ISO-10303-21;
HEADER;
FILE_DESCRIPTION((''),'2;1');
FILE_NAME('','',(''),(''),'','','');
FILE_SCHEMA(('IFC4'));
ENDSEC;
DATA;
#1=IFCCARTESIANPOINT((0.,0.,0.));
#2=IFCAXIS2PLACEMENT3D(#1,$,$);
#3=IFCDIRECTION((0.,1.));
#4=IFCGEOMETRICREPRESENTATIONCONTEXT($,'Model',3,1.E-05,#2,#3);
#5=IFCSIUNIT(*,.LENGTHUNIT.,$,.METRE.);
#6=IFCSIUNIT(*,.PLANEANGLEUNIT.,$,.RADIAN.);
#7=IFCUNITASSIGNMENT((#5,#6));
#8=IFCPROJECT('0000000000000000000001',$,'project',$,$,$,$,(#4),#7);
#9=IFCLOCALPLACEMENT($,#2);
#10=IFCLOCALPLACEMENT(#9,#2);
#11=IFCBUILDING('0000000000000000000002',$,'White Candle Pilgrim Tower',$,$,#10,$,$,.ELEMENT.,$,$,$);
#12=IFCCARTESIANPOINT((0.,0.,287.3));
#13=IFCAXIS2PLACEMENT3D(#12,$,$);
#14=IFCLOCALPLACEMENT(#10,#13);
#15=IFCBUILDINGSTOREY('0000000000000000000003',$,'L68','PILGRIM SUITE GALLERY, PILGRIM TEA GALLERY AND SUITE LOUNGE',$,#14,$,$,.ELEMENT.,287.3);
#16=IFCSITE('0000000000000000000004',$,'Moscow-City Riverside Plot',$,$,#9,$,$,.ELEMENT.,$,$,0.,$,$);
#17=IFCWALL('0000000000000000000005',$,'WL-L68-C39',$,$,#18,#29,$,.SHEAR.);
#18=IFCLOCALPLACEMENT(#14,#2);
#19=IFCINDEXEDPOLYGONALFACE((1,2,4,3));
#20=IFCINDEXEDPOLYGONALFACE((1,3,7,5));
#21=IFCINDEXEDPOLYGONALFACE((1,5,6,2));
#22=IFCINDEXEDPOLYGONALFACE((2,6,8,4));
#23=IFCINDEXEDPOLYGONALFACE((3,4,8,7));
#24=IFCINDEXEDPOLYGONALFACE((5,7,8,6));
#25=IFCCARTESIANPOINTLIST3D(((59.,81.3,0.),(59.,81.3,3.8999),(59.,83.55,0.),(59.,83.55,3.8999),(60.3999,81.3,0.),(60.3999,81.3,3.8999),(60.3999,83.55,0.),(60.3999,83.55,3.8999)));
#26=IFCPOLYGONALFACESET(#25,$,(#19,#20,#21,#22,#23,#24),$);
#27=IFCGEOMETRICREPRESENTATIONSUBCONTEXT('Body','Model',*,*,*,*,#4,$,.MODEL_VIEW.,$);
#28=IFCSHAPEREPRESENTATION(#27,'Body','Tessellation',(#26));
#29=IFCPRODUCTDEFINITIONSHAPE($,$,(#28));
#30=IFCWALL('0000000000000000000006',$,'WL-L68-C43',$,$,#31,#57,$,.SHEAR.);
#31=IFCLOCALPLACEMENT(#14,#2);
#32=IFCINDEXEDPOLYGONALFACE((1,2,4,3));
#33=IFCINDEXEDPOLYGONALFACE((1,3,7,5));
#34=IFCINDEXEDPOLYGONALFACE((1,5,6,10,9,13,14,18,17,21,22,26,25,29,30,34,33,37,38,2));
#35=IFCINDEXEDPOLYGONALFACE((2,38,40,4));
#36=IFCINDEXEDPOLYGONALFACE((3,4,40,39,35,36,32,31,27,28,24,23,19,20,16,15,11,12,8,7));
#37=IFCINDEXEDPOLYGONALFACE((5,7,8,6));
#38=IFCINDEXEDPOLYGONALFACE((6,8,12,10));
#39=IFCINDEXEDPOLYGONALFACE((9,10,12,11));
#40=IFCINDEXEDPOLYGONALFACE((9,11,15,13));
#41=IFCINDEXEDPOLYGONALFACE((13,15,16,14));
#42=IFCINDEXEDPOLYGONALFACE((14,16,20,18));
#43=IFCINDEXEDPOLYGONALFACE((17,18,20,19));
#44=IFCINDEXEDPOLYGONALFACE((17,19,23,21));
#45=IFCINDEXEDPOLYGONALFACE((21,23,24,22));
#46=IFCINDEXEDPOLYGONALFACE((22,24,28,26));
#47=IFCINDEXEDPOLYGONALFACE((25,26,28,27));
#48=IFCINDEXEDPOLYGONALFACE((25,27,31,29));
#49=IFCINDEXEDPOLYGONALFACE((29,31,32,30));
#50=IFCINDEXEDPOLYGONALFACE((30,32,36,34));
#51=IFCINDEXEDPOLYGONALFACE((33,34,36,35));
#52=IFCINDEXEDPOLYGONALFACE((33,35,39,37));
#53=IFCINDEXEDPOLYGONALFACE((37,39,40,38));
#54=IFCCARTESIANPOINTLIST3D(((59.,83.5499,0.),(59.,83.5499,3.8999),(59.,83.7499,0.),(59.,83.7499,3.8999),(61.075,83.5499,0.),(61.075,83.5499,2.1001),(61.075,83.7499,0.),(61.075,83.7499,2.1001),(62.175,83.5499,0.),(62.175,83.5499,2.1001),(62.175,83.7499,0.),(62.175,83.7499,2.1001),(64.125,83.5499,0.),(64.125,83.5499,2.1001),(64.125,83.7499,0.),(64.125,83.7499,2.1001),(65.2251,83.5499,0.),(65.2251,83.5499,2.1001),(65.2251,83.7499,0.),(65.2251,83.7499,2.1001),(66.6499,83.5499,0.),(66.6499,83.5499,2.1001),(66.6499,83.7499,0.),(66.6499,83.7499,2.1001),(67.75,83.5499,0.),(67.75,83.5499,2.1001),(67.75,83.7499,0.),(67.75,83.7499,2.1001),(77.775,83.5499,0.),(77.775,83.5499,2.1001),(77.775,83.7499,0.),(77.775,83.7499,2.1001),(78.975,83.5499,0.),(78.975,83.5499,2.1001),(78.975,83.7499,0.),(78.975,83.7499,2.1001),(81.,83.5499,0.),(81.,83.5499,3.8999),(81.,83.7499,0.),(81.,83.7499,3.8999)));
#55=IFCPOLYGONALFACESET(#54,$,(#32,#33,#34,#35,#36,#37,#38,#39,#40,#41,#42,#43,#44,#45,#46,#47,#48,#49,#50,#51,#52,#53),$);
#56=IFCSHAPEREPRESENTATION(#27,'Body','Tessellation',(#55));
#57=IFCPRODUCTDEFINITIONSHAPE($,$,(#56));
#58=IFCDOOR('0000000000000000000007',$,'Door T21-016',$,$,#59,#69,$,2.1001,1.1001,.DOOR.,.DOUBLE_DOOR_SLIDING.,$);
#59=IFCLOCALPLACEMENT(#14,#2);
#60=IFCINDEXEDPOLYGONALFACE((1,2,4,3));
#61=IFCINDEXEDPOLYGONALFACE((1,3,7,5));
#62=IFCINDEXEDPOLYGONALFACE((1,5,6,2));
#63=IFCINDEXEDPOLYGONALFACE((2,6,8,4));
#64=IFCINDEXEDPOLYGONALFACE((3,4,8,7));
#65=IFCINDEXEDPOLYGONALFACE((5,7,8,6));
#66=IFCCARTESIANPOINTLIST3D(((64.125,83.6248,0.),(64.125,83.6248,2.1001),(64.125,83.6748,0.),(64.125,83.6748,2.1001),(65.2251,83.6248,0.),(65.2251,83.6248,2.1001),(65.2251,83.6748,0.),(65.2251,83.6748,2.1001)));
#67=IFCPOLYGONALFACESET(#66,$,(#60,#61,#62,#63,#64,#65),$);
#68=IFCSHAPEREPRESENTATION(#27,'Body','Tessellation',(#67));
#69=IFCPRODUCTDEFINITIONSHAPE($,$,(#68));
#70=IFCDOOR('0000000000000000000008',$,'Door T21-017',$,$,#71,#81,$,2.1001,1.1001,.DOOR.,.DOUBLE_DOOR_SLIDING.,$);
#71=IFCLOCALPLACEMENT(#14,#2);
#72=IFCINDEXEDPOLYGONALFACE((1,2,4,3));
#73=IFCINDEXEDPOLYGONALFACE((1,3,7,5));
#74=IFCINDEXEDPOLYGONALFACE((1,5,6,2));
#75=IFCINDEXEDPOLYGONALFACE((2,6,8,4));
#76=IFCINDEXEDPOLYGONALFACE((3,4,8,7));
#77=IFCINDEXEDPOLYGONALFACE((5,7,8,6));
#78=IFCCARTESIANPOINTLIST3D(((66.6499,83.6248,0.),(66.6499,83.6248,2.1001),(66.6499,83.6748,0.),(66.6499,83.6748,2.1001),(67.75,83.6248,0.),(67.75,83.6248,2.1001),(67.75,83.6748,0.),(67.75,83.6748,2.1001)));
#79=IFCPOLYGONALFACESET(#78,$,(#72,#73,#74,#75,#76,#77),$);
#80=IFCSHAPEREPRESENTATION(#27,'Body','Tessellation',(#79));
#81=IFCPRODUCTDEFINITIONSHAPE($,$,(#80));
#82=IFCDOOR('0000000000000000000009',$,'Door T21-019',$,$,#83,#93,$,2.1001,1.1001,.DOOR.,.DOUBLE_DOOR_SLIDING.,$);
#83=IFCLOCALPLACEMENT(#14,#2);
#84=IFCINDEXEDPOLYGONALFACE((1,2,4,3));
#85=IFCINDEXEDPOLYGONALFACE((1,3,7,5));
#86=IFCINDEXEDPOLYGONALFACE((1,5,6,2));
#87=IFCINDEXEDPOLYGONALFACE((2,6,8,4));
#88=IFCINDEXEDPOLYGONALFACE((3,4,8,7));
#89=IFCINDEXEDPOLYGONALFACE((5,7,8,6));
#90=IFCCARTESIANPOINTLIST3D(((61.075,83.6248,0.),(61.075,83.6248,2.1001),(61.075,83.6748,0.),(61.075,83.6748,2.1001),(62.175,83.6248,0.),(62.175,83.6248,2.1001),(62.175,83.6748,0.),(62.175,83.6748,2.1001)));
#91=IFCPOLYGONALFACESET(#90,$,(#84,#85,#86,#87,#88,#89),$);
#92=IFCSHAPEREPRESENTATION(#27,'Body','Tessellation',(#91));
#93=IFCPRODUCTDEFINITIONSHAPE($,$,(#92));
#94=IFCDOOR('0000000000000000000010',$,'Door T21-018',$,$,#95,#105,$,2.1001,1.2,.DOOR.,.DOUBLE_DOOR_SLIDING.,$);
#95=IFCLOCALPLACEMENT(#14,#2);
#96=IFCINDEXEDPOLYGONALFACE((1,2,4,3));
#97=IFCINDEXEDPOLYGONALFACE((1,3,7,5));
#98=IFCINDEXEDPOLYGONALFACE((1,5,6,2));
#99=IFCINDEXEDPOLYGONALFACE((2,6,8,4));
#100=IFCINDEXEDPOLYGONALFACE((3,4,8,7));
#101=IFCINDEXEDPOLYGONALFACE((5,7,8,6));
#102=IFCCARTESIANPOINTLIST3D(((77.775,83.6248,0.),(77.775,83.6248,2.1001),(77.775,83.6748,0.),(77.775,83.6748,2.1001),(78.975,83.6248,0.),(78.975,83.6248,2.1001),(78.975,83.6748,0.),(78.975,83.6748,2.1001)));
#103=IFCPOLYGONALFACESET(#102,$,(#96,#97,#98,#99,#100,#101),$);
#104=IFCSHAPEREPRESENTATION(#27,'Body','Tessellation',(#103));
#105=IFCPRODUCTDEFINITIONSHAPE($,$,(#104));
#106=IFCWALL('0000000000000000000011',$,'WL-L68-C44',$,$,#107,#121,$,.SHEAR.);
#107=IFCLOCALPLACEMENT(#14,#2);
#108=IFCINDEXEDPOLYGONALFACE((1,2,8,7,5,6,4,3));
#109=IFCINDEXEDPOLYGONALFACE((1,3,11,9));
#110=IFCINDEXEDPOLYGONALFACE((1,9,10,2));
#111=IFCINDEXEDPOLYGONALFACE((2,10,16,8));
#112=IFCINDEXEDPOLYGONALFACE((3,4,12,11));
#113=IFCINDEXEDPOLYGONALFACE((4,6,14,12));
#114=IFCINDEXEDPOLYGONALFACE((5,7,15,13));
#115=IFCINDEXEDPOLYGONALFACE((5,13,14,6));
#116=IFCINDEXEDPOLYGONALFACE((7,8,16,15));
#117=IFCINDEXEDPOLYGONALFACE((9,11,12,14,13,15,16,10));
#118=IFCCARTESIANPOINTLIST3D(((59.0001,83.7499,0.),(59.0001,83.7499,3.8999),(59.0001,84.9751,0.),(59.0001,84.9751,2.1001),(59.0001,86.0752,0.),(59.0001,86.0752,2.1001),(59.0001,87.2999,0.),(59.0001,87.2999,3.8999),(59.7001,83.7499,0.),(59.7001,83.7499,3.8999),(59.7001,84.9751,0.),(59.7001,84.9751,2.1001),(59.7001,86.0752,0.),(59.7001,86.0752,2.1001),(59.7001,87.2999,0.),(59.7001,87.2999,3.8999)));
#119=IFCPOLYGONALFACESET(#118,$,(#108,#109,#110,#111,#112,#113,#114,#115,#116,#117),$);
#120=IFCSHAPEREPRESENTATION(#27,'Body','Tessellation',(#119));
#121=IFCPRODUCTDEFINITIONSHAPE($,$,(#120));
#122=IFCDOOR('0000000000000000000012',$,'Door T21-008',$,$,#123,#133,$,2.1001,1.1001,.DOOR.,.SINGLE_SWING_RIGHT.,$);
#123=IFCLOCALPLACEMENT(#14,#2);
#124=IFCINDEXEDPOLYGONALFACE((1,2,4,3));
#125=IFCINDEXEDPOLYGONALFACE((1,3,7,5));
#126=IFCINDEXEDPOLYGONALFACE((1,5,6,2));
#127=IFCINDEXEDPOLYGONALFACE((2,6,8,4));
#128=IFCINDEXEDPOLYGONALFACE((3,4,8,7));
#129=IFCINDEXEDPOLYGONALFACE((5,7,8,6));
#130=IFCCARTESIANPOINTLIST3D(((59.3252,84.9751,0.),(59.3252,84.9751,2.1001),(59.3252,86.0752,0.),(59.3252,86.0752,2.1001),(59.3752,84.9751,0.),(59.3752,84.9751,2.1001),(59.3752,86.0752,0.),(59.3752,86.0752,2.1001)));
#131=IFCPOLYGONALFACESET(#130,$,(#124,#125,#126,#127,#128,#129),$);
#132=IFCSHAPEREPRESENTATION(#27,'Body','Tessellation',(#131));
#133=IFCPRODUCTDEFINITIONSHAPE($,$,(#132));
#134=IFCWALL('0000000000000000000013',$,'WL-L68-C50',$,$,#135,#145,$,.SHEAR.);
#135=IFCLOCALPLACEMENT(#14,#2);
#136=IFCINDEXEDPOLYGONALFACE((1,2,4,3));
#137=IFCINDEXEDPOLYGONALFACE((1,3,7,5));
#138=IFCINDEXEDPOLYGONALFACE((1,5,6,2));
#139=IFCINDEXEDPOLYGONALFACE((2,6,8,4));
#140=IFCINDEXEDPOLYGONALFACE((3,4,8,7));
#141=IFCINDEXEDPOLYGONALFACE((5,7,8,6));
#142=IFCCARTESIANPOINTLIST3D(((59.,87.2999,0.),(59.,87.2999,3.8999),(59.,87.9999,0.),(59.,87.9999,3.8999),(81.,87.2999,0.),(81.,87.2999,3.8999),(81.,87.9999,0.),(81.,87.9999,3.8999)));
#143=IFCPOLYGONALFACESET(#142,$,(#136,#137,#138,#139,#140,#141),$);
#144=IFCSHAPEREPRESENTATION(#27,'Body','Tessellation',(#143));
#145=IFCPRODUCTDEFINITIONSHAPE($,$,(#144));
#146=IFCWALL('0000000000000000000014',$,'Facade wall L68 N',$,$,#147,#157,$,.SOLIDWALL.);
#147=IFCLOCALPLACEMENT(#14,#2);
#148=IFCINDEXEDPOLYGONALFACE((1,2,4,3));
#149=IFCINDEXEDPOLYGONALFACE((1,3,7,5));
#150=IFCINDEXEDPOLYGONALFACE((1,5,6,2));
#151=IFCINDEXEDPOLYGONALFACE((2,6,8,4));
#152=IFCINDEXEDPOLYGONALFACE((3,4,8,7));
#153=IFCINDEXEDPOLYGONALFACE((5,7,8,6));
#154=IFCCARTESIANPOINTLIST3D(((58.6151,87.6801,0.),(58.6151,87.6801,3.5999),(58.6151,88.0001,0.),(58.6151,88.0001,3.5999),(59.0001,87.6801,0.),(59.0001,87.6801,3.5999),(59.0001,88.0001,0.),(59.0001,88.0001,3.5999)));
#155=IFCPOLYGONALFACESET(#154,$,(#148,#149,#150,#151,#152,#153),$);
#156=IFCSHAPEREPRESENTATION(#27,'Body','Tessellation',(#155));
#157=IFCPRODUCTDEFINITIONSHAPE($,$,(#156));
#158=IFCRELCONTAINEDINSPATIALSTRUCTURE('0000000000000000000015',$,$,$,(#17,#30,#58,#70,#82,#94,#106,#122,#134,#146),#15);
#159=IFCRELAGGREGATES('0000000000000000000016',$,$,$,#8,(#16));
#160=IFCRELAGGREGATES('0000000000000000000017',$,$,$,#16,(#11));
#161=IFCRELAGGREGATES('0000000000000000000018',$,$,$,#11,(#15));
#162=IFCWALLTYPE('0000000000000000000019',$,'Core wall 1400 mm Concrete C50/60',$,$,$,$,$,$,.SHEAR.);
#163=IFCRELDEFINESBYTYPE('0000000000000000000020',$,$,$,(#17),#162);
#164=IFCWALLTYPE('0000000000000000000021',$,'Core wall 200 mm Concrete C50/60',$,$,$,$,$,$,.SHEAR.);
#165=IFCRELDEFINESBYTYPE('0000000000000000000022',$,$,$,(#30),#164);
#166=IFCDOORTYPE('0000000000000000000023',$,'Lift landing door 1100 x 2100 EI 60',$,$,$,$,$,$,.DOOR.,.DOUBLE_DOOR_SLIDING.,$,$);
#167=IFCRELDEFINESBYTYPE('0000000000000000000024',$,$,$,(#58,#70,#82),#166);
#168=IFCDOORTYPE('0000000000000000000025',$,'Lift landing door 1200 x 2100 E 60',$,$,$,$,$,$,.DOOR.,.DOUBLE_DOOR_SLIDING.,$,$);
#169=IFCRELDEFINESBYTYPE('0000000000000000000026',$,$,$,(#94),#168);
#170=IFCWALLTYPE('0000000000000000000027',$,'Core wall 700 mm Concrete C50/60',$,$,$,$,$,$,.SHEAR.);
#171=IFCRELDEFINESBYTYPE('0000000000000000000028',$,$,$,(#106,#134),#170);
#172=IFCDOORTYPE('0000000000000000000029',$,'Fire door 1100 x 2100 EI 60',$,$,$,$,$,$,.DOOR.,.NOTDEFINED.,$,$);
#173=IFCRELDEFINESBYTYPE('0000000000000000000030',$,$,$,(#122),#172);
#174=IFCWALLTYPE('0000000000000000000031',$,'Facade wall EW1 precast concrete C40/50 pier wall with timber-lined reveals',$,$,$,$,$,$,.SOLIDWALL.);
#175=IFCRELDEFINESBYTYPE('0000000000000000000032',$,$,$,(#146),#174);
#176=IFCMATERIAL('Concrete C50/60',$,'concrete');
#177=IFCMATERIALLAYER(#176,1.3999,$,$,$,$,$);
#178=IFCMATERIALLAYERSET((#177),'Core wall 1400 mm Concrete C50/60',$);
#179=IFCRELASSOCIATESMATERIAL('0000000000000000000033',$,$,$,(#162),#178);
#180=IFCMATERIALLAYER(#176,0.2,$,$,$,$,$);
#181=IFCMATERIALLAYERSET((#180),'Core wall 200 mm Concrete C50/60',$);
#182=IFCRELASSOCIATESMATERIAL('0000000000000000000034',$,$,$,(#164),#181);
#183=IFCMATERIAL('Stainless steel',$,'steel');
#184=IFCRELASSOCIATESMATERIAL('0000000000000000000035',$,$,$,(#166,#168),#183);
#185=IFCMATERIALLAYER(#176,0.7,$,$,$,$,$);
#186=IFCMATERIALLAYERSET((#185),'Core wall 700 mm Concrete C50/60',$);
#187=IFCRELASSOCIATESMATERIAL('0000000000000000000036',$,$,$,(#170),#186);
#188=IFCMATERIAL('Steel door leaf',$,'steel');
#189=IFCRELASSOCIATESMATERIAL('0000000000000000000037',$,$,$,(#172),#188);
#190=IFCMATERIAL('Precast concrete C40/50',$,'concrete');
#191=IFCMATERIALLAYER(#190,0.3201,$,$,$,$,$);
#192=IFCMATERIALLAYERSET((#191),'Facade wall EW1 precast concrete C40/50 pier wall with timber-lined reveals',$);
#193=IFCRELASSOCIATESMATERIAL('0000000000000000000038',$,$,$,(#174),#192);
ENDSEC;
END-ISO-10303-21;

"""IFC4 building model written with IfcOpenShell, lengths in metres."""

from ifc_helpers import new_model, si_unit, direction, frame, frame_2d, origin, place, context, subcontext, project, spatial, rectangle, extrude, material, layer, layer_set, type_object, element, fill, save


model = new_model("IFC4")

# Units and contexts
model_context = context("Model", 3, precision=1e-05, world=origin(), true_north=direction((0.0, 1.0)))
body_context = subcontext(model_context, "Body", "Model", "MODEL_VIEW")
ifc_project = project(units=[si_unit("LENGTHUNIT", "METRE"), si_unit("PLANEANGLEUNIT", "RADIAN")], contexts=[model_context])

# Site, building, storey
site_placement = place(None, origin())
site = spatial("IfcSite", under=ifc_project, at=site_placement, Name="Moscow-City Riverside Plot", CompositionType="ELEMENT", RefElevation=0.0)
building_placement = place(site_placement, origin())
building = spatial("IfcBuilding", under=site, at=building_placement, Name="White Candle Pilgrim Tower", CompositionType="ELEMENT")
storey_placement = place(building_placement, frame((0.0, 0.0, 287.3)))
storey = spatial("IfcBuildingStorey", under=building, at=storey_placement, Name="L68", Description="PILGRIM SUITE GALLERY, PILGRIM TEA GALLERY AND SUITE LOUNGE", CompositionType="ELEMENT", Elevation=287.3)

# Wall
ifc_material_1 = material(Name="Concrete C50/60", Category="concrete")
ifc_layer_1 = layer(ifc_material_1, 1.3999)
ifc_layer_set_1 = layer_set([ifc_layer_1], Name="Core wall 1400 mm Concrete C50/60")
wall_type_1 = type_object("IfcWallType", Name="Core wall 1400 mm Concrete C50/60", PredefinedType="SHEAR", material=ifc_layer_set_1)
wall_1_placement = place(storey_placement, frame((59.7, 81.3, 0.0), z_axis=(0.0, 0.0, 1.0), x_axis=(0.0, 1.0, 0.0)))
element("IfcWall", 1, at=wall_1_placement, inside=storey, type_object=wall_type_1, Name="WL-L68-C39", PredefinedType="SHEAR", context=body_context, shape_type="SweptSolid", body=[
    extrude(rectangle(XDim=2.25, YDim=1.3999, at=frame_2d((1.125, 0.0))), origin(), (0.0, 0.0, 1.0), 3.8999),
])

# Wall, openings, doors
ifc_layer_2 = layer(ifc_material_1, 0.2)
ifc_layer_set_2 = layer_set([ifc_layer_2], Name="Core wall 200 mm Concrete C50/60")
wall_type_2 = type_object("IfcWallType", Name="Core wall 200 mm Concrete C50/60", PredefinedType="SHEAR", material=ifc_layer_set_2)
wall_2_placement = place(storey_placement, frame((59.0, 83.6499, 0.0), z_axis=(0.0, 0.0, 1.0), x_axis=(1.0, 0.0, 0.0)))
wall_2 = element("IfcWall", 2, at=wall_2_placement, inside=storey, type_object=wall_type_2, Name="WL-L68-C43", PredefinedType="SHEAR", context=body_context, shape_type="SweptSolid", body=[
    extrude(rectangle(XDim=22.0, YDim=0.2, at=frame_2d((11.0, 0.0))), origin(), (0.0, 0.0, 1.0), 3.8999),
])
opening_1_placement = place(wall_2_placement, frame((5.125, 0.0, 0.0)))
opening_1 = element("IfcOpeningElement", 3, at=opening_1_placement, cuts=wall_2, PredefinedType="OPENING", context=body_context, shape_type="SweptSolid", body=[
    extrude(rectangle(XDim=1.1001, YDim=2.1001, at=frame_2d((0.55, 1.05))), frame((0.0, 0.1099, 0.0), z_axis=(0.0, -1.0, 0.0), x_axis=(1.0, 0.0, 0.0)), (0.0, 0.0, 1.0), 0.22),
])
opening_2_placement = place(wall_2_placement, frame((7.6499, 0.0, 0.0)))
opening_2 = element("IfcOpeningElement", 4, at=opening_2_placement, cuts=wall_2, PredefinedType="OPENING", context=body_context, shape_type="SweptSolid", body=[
    extrude(rectangle(XDim=1.1001, YDim=2.1001, at=frame_2d((0.55, 1.05))), frame((0.0, 0.1099, 0.0), z_axis=(0.0, -1.0, 0.0), x_axis=(1.0, 0.0, 0.0)), (0.0, 0.0, 1.0), 0.22),
])
opening_3_placement = place(wall_2_placement, frame((18.7749, 0.0, 0.0)))
opening_3 = element("IfcOpeningElement", 5, at=opening_3_placement, cuts=wall_2, PredefinedType="OPENING", context=body_context, shape_type="SweptSolid", body=[
    extrude(rectangle(XDim=1.2, YDim=2.1001, at=frame_2d((0.6001, 1.05))), frame((0.0, 0.1099, 0.0), z_axis=(0.0, -1.0, 0.0), x_axis=(1.0, 0.0, 0.0)), (0.0, 0.0, 1.0), 0.22),
])
opening_4_placement = place(wall_2_placement, frame((2.075, 0.0, 0.0)))
opening_4 = element("IfcOpeningElement", 6, at=opening_4_placement, cuts=wall_2, PredefinedType="OPENING", context=body_context, shape_type="SweptSolid", body=[
    extrude(rectangle(XDim=1.1001, YDim=2.1001, at=frame_2d((0.55, 1.05))), frame((0.0, 0.1099, 0.0), z_axis=(0.0, -1.0, 0.0), x_axis=(1.0, 0.0, 0.0)), (0.0, 0.0, 1.0), 0.22),
])
ifc_material_2 = material(Name="Stainless steel", Category="steel")
door_type_1 = type_object("IfcDoorType", Name="Lift landing door 1100 x 2100 EI 60", OperationType="DOUBLE_DOOR_SLIDING", PredefinedType="DOOR", material=ifc_material_2)
door_1_placement = place(opening_1_placement, origin())
door_1 = element("IfcDoor", 7, at=door_1_placement, inside=storey, type_object=door_type_1, Name="Door T21-016", OperationType="DOUBLE_DOOR_SLIDING", OverallHeight=2.1001, OverallWidth=1.1001, PredefinedType="DOOR", context=body_context, shape_type="SweptSolid", body=[
    extrude(rectangle(XDim=1.1001, YDim=2.1001, at=frame_2d((0.55, 1.05))), frame((0.0, 0.0249, 0.0), z_axis=(0.0, -1.0, 0.0), x_axis=(1.0, 0.0, 0.0)), (0.0, 0.0, 1.0), 0.05),
])
fill(opening_1, door_1)
door_2_placement = place(opening_2_placement, origin())
door_2 = element("IfcDoor", 8, at=door_2_placement, inside=storey, type_object=door_type_1, Name="Door T21-017", OperationType="DOUBLE_DOOR_SLIDING", OverallHeight=2.1001, OverallWidth=1.1001, PredefinedType="DOOR", context=body_context, shape_type="SweptSolid", body=[
    extrude(rectangle(XDim=1.1001, YDim=2.1001, at=frame_2d((0.55, 1.05))), frame((0.0, 0.0249, 0.0), z_axis=(0.0, -1.0, 0.0), x_axis=(1.0, 0.0, 0.0)), (0.0, 0.0, 1.0), 0.05),
])
fill(opening_2, door_2)
door_3_placement = place(opening_4_placement, origin())
door_3 = element("IfcDoor", 9, at=door_3_placement, inside=storey, type_object=door_type_1, Name="Door T21-019", OperationType="DOUBLE_DOOR_SLIDING", OverallHeight=2.1001, OverallWidth=1.1001, PredefinedType="DOOR", context=body_context, shape_type="SweptSolid", body=[
    extrude(rectangle(XDim=1.1001, YDim=2.1001, at=frame_2d((0.55, 1.05))), frame((0.0, 0.0249, 0.0), z_axis=(0.0, -1.0, 0.0), x_axis=(1.0, 0.0, 0.0)), (0.0, 0.0, 1.0), 0.05),
])
fill(opening_4, door_3)
door_type_2 = type_object("IfcDoorType", Name="Lift landing door 1200 x 2100 E 60", OperationType="DOUBLE_DOOR_SLIDING", PredefinedType="DOOR", material=ifc_material_2)
door_4_placement = place(opening_3_placement, origin())
door_4 = element("IfcDoor", 10, at=door_4_placement, inside=storey, type_object=door_type_2, Name="Door T21-018", OperationType="DOUBLE_DOOR_SLIDING", OverallHeight=2.1001, OverallWidth=1.2, PredefinedType="DOOR", context=body_context, shape_type="SweptSolid", body=[
    extrude(rectangle(XDim=1.2, YDim=2.1001, at=frame_2d((0.6001, 1.05))), frame((0.0, 0.0249, 0.0), z_axis=(0.0, -1.0, 0.0), x_axis=(1.0, 0.0, 0.0)), (0.0, 0.0, 1.0), 0.05),
])
fill(opening_3, door_4)

# Wall, opening, door
ifc_layer_3 = layer(ifc_material_1, 0.7)
ifc_layer_set_3 = layer_set([ifc_layer_3], Name="Core wall 700 mm Concrete C50/60")
wall_type_3 = type_object("IfcWallType", Name="Core wall 700 mm Concrete C50/60", PredefinedType="SHEAR", material=ifc_layer_set_3)
wall_3_placement = place(storey_placement, frame((59.3501, 83.75, 0.0), z_axis=(0.0, 0.0, 1.0), x_axis=(0.0, 1.0, 0.0)))
wall_3 = element("IfcWall", 11, at=wall_3_placement, inside=storey, type_object=wall_type_3, Name="WL-L68-C44", PredefinedType="SHEAR", context=body_context, shape_type="SweptSolid", body=[
    extrude(rectangle(XDim=3.55, YDim=0.7, at=frame_2d((1.7749, 0.0))), origin(), (0.0, 0.0, 1.0), 3.8999),
])
opening_5_placement = place(wall_3_placement, frame((1.2251, 0.0, 0.0)))
opening_5 = element("IfcOpeningElement", 12, at=opening_5_placement, cuts=wall_3, PredefinedType="OPENING", context=body_context, shape_type="SweptSolid", body=[
    extrude(rectangle(XDim=1.1001, YDim=2.1001, at=frame_2d((0.55, 1.05))), frame((0.0, 0.3599, 0.0), z_axis=(0.0, -1.0, 0.0), x_axis=(1.0, 0.0, 0.0)), (0.0, 0.0, 1.0), 0.72),
])
ifc_material_3 = material(Name="Steel door leaf", Category="steel")
door_type_3 = type_object("IfcDoorType", Name="Fire door 1100 x 2100 EI 60", OperationType="NOTDEFINED", PredefinedType="DOOR", material=ifc_material_3)
door_5_placement = place(opening_5_placement, origin())
door_5 = element("IfcDoor", 13, at=door_5_placement, inside=storey, type_object=door_type_3, Name="Door T21-008", OperationType="SINGLE_SWING_RIGHT", OverallHeight=2.1001, OverallWidth=1.1001, PredefinedType="DOOR", context=body_context, shape_type="SweptSolid", body=[
    extrude(rectangle(XDim=1.1001, YDim=2.1001, at=frame_2d((0.55, 1.05))), frame((0.0, 0.0249, 0.0), z_axis=(0.0, -1.0, 0.0), x_axis=(1.0, 0.0, 0.0)), (0.0, 0.0, 1.0), 0.05),
])
fill(opening_5, door_5)

# Walls
wall_4_placement = place(storey_placement, frame((59.0, 87.6499, 0.0), z_axis=(0.0, 0.0, 1.0), x_axis=(1.0, 0.0, 0.0)))
element("IfcWall", 14, at=wall_4_placement, inside=storey, type_object=wall_type_3, Name="WL-L68-C50", PredefinedType="SHEAR", context=body_context, shape_type="SweptSolid", body=[
    extrude(rectangle(XDim=22.0, YDim=0.7, at=frame_2d((11.0, 0.0))), origin(), (0.0, 0.0, 1.0), 3.8999),
])
ifc_material_4 = material(Name="Precast concrete C40/50", Category="concrete")
ifc_layer_4 = layer(ifc_material_4, 0.3201)
ifc_layer_set_4 = layer_set([ifc_layer_4], Name="Facade wall EW1 precast concrete C40/50 pier wall with timber-lined reveals")
wall_type_4 = type_object("IfcWallType", Name="Facade wall EW1 precast concrete C40/50 pier wall with timber-lined reveals", PredefinedType="SOLIDWALL", material=ifc_layer_set_4)
wall_5_placement = place(storey_placement, frame((59.0, 87.8401, 0.0), z_axis=(0.0, 0.0, 1.0), x_axis=(-1.0, 0.0, 0.0)))
element("IfcWall", 15, at=wall_5_placement, inside=storey, type_object=wall_type_4, Name="Facade wall L68 N", PredefinedType="SOLIDWALL", context=body_context, shape_type="SweptSolid", body=[
    extrude(rectangle(XDim=0.385, YDim=0.3201, at=frame_2d((0.1924, 0.0))), origin(), (0.0, 0.0, 1.0), 3.5999),
])

save(model, "model.ifc")
